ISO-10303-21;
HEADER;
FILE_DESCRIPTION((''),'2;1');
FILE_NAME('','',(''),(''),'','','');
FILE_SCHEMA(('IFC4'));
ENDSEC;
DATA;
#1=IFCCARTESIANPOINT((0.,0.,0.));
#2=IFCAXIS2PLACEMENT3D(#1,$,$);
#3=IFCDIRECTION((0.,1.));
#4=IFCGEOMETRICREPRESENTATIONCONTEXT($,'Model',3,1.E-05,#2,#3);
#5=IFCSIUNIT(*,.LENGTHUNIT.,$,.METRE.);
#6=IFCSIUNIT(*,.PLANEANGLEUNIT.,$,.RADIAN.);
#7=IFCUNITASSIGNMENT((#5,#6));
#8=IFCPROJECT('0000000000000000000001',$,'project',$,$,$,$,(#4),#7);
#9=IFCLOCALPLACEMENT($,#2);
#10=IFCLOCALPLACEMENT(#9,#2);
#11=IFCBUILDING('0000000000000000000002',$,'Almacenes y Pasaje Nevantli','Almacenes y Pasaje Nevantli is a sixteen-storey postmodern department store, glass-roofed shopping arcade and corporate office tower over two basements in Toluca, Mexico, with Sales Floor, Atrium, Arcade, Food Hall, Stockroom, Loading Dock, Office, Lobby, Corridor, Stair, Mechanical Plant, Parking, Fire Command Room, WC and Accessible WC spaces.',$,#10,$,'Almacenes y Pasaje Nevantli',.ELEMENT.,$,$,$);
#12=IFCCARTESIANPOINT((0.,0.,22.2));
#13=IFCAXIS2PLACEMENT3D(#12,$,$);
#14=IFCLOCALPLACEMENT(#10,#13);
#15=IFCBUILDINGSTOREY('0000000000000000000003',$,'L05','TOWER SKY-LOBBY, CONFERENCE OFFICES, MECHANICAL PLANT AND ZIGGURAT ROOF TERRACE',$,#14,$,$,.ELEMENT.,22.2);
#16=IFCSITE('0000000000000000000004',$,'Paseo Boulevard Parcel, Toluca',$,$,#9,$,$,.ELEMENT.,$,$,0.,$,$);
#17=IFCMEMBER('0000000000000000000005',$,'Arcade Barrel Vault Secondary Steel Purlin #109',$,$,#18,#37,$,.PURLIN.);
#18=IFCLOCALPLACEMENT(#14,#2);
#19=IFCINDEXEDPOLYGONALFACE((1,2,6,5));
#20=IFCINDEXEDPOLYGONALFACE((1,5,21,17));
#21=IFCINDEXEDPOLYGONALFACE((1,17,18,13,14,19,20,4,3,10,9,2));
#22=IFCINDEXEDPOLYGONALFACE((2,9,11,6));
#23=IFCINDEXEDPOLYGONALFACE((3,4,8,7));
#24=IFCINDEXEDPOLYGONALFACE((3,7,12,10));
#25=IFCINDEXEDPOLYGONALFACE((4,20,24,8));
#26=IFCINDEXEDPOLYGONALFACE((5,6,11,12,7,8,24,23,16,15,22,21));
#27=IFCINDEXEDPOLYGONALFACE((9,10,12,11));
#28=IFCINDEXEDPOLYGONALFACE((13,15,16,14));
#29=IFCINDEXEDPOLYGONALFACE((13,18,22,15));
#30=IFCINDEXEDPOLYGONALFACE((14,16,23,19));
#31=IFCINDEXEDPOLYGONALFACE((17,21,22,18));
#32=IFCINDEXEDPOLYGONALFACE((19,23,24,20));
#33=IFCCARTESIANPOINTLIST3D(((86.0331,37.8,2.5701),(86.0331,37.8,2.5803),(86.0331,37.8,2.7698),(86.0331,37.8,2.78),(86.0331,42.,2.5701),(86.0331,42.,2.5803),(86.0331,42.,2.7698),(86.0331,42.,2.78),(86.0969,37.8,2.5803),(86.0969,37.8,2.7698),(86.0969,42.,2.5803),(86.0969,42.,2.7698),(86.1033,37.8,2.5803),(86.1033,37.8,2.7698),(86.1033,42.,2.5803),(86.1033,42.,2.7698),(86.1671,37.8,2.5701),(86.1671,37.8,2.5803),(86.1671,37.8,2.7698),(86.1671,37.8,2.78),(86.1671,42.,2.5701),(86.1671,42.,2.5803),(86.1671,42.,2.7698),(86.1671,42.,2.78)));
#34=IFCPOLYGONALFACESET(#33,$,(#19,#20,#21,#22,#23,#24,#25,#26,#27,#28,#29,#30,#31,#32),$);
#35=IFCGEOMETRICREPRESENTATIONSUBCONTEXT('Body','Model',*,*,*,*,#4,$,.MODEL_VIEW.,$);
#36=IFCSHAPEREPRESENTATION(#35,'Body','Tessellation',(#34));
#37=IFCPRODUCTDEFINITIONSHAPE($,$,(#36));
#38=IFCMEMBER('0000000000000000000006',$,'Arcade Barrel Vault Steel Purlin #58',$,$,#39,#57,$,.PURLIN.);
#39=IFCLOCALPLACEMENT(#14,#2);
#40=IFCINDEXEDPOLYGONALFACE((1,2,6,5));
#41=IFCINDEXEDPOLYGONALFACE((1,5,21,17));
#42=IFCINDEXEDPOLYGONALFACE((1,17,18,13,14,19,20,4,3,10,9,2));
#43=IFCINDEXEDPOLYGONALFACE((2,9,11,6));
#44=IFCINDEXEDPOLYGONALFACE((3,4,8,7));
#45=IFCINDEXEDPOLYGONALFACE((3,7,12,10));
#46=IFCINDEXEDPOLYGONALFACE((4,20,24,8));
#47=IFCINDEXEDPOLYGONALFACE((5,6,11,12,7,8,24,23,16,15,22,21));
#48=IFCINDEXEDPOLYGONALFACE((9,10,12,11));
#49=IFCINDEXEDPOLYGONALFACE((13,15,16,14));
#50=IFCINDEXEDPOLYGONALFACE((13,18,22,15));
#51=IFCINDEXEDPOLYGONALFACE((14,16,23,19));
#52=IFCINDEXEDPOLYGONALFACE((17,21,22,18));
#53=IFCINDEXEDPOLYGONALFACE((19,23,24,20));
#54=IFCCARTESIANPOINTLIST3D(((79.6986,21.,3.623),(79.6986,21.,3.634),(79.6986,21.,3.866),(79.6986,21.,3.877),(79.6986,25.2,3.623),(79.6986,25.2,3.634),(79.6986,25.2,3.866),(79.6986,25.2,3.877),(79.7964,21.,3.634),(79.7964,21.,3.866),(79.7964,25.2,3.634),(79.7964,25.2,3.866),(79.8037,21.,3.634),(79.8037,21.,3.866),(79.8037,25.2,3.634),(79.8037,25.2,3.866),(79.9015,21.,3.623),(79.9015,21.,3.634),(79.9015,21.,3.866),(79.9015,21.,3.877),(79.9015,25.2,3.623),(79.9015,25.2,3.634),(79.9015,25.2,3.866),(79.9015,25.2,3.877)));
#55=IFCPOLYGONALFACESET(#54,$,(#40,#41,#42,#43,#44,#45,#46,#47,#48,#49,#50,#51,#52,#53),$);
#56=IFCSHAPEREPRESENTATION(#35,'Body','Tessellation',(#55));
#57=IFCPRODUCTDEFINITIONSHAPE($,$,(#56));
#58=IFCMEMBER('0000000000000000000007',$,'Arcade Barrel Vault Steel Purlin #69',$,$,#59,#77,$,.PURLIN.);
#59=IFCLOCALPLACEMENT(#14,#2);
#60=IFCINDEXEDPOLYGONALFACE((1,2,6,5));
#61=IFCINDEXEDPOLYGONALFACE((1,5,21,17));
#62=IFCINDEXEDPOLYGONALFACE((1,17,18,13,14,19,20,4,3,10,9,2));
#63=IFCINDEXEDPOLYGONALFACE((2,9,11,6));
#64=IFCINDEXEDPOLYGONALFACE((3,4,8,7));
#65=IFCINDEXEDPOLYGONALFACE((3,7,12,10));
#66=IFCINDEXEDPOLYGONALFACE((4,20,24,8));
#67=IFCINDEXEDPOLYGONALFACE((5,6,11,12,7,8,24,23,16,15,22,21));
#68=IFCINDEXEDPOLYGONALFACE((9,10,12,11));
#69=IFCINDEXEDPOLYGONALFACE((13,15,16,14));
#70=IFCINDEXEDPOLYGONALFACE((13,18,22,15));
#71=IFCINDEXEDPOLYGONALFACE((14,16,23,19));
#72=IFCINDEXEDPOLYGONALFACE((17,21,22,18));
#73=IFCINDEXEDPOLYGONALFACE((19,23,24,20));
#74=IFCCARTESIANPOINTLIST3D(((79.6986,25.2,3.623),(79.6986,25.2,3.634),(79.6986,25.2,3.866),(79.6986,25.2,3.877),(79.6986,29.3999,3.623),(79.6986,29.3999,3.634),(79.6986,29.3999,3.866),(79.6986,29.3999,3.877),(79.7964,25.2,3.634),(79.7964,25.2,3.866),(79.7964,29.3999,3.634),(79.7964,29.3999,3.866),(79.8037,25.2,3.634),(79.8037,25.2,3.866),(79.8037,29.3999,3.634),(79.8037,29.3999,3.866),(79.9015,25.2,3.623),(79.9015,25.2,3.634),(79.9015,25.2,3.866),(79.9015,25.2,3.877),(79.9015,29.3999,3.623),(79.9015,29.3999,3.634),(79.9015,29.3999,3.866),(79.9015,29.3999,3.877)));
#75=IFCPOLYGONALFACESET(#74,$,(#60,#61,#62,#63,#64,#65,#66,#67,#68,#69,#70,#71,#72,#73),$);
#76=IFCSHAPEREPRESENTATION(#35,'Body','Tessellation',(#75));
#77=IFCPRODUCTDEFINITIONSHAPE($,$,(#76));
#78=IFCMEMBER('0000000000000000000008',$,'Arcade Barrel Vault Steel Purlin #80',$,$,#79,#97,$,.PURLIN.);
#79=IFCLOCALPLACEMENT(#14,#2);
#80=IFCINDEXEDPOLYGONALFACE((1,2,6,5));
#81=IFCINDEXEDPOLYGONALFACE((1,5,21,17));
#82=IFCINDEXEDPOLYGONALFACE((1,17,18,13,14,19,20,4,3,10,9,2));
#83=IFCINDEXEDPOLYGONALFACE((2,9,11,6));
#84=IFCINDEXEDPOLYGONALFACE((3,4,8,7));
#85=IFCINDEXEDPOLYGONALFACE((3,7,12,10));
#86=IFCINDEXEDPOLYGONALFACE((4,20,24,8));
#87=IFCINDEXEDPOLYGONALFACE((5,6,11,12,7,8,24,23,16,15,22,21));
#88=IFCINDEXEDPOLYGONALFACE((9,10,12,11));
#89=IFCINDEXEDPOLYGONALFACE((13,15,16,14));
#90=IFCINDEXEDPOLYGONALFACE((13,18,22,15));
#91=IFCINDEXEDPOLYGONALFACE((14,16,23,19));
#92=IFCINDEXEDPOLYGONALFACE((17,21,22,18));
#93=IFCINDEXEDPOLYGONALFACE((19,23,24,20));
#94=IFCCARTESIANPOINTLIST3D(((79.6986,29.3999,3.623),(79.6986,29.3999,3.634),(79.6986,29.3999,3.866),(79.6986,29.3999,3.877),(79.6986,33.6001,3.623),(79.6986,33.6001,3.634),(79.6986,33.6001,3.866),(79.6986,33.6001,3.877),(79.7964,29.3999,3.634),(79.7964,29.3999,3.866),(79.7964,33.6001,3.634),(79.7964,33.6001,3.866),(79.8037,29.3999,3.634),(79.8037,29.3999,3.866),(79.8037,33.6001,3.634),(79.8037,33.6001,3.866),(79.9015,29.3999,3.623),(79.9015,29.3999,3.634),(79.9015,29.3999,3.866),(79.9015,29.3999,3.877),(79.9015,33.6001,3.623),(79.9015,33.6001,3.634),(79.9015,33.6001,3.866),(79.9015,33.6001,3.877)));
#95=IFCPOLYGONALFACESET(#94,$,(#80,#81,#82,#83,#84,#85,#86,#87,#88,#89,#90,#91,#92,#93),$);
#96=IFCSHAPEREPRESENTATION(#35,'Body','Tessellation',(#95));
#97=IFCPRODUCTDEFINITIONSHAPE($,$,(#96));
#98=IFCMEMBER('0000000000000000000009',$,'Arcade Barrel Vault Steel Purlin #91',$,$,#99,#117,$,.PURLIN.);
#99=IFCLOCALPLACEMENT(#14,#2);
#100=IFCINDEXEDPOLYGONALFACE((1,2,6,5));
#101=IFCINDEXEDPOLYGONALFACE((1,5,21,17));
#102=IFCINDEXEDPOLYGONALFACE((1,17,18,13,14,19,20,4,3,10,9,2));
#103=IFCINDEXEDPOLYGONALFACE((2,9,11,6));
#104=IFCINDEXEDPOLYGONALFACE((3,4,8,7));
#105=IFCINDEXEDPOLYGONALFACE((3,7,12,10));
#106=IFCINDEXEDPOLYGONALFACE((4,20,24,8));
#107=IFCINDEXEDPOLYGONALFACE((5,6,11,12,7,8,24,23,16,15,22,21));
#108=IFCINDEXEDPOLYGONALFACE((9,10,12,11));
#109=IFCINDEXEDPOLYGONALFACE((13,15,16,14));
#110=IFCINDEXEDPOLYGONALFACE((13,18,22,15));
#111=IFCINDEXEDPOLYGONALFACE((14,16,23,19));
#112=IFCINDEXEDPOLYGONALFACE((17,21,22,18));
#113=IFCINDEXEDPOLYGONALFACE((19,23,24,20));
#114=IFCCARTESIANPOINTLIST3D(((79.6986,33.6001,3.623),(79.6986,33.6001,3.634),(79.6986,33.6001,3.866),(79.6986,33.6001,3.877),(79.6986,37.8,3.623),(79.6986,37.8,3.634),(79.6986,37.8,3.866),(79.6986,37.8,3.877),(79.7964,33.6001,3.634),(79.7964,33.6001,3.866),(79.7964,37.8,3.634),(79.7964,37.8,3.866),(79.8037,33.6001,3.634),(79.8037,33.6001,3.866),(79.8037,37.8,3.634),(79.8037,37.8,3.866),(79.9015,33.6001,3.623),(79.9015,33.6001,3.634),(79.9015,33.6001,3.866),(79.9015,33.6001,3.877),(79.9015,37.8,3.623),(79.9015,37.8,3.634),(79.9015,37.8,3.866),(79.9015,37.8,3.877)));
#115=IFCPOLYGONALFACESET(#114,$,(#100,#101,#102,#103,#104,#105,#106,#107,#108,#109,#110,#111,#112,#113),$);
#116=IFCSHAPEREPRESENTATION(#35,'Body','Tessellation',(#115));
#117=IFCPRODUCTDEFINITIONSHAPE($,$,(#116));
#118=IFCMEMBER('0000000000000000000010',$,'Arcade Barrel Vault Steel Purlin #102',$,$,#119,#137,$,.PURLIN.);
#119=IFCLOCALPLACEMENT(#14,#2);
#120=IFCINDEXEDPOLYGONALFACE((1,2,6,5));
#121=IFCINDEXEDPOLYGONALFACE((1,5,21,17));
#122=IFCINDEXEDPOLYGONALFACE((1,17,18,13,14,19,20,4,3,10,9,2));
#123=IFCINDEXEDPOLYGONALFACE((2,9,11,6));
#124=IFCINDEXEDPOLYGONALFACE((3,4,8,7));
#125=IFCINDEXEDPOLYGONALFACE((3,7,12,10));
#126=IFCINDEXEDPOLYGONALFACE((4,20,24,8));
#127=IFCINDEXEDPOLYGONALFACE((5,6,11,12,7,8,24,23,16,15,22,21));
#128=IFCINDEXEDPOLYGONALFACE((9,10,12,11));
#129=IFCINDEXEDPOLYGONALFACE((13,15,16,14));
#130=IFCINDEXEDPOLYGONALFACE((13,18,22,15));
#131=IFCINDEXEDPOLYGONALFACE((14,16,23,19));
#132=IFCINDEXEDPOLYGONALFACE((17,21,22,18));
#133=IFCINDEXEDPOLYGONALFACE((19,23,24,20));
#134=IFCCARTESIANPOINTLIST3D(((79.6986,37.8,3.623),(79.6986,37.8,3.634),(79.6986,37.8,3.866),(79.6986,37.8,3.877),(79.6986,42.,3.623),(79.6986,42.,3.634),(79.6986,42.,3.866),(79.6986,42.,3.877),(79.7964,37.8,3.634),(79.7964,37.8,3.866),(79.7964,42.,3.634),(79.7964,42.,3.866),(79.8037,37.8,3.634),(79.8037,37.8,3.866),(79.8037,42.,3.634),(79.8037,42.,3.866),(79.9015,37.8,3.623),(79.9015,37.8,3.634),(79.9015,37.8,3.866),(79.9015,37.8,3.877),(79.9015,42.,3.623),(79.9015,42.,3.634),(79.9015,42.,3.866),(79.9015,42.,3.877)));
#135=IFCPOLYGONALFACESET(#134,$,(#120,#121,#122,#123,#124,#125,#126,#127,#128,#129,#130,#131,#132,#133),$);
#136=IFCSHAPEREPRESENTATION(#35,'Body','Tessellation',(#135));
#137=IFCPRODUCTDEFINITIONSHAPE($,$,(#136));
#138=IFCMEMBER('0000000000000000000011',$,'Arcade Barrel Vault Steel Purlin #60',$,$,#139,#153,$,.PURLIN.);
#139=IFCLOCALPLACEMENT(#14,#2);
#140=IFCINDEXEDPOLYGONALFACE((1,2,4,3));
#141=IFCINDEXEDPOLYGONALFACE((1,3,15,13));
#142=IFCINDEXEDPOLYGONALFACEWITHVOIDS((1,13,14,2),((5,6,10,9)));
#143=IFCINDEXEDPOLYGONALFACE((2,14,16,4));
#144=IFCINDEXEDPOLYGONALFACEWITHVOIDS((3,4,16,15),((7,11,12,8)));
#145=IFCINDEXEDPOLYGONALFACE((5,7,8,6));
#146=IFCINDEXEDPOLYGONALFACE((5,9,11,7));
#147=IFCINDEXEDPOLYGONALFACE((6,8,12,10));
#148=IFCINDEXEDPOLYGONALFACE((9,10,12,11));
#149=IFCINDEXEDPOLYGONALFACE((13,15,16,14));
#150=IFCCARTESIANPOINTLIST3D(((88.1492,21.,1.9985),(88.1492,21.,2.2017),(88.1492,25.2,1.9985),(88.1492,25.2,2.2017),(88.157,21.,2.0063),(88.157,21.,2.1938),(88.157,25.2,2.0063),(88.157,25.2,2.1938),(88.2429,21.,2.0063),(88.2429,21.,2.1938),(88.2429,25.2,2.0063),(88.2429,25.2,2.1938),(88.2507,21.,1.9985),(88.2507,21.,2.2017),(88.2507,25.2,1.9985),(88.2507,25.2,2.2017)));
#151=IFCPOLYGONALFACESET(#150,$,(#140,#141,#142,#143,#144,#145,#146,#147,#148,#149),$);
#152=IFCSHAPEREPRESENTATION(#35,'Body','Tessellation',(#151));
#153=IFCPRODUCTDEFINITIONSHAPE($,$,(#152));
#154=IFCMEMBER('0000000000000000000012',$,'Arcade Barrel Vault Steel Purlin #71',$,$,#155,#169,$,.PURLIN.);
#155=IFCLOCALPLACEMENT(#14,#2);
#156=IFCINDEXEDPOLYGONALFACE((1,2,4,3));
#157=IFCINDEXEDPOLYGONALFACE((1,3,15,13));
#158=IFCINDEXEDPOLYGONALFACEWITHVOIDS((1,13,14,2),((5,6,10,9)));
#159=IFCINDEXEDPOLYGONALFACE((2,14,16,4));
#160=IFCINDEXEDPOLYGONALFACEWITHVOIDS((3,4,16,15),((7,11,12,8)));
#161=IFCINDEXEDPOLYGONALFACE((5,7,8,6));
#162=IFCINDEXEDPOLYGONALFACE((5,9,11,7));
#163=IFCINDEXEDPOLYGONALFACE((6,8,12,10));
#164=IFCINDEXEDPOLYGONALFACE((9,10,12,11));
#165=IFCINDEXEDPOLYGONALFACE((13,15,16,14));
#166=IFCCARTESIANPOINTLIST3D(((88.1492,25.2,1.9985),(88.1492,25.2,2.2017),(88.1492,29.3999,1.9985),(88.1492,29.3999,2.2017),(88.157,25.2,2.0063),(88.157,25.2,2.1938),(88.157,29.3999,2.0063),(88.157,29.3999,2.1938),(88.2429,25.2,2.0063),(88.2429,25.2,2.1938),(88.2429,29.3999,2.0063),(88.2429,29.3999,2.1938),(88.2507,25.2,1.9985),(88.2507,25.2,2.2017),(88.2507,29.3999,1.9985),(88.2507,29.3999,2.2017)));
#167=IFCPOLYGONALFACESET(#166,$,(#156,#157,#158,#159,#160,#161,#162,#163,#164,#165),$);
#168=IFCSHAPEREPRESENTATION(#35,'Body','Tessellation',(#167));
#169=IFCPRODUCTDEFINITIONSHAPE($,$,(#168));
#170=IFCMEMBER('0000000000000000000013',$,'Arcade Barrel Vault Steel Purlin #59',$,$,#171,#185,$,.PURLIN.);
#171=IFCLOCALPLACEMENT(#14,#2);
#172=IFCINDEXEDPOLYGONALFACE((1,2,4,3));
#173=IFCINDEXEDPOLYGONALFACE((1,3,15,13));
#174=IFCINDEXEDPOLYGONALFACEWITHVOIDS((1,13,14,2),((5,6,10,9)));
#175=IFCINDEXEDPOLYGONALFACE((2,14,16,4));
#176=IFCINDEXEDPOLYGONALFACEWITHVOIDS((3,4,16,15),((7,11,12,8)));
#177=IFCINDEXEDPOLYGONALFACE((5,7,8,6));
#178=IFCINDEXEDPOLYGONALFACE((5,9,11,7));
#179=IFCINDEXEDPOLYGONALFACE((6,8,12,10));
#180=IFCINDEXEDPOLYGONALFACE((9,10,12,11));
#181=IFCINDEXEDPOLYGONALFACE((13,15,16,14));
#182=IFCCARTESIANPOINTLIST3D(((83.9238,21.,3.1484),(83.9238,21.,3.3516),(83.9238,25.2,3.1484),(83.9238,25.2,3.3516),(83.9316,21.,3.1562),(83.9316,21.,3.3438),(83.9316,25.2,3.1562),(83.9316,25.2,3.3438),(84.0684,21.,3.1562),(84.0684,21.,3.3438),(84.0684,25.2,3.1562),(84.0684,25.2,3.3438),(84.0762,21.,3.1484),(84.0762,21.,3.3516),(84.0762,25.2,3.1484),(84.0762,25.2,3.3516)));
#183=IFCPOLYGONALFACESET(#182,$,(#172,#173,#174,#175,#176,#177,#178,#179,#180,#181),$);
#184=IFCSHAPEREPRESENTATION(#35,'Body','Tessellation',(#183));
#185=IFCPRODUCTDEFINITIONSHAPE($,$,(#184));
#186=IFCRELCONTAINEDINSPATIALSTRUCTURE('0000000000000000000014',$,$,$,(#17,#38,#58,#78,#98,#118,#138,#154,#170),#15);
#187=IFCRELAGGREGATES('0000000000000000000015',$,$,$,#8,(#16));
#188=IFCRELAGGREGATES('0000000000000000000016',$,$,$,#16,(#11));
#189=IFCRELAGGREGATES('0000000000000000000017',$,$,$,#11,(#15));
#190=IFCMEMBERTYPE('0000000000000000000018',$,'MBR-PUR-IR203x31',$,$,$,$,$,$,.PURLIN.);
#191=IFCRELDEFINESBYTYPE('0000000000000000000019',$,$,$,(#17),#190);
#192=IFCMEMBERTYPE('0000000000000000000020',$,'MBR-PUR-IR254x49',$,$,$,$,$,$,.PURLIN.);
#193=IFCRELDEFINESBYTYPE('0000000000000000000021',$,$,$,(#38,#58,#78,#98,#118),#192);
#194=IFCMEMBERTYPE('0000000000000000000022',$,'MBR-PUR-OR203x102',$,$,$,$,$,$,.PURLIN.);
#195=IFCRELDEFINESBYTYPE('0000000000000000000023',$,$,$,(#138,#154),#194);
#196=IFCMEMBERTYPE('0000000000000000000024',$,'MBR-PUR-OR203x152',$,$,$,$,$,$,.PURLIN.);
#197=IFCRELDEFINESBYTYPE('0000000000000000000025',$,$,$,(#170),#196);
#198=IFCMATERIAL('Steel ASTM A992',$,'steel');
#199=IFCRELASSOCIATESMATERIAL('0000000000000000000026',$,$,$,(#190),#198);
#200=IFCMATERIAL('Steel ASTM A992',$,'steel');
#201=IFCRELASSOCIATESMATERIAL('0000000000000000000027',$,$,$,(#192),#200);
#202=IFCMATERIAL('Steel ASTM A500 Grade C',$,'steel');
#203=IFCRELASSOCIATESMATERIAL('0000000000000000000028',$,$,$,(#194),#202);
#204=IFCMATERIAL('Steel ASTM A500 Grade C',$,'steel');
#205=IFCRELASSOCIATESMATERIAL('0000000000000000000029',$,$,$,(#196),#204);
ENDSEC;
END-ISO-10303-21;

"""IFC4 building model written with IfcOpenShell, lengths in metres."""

from ifc_helpers import new_model, si_unit, direction, frame, origin, origin_2d, place, context, subcontext, project, spatial, hollow_rectangle, i_section, extrude, material, material_profile, profile_set, type_object, element, save


model = new_model("IFC4")

# Units and contexts
model_context = context("Model", 3, precision=1e-05, world=origin(), true_north=direction((0.0, 1.0)))
body_context = subcontext(model_context, "Body", "Model", "MODEL_VIEW")
ifc_project = project(units=[si_unit("LENGTHUNIT", "METRE"), si_unit("PLANEANGLEUNIT", "RADIAN")], contexts=[model_context])

# Site, building, storey
site_placement = place(None, origin())
site = spatial("IfcSite", under=ifc_project, at=site_placement, Name="Paseo Boulevard Parcel, Toluca", CompositionType="ELEMENT", RefElevation=0.0)
building_placement = place(site_placement, origin())
building = spatial("IfcBuilding", under=site, at=building_placement, Name="Almacenes y Pasaje Nevantli", Description="Almacenes y Pasaje Nevantli is a sixteen-storey postmodern department store, glass-roofed shopping arcade and corporate office tower over two basements in Toluca, Mexico, with Sales Floor, Atrium, Arcade, Food Hall, Stockroom, Loading Dock, Office, Lobby, Corridor, Stair, Mechanical Plant, Parking, Fire Command Room, WC and Accessible WC spaces.", LongName="Almacenes y Pasaje Nevantli", CompositionType="ELEMENT")
storey_placement = place(building_placement, frame((0.0, 0.0, 22.2)))
storey = spatial("IfcBuildingStorey", under=building, at=storey_placement, Name="L05", Description="TOWER SKY-LOBBY, CONFERENCE OFFICES, MECHANICAL PLANT AND ZIGGURAT ROOF TERRACE", CompositionType="ELEMENT", Elevation=22.2)

# Members
ifc_material_1 = material(Name="Steel ASTM A992", Category="steel")
ifc_material_profile_1 = material_profile(ifc_material_1, i_section(OverallWidth=0.134, OverallDepth=0.21, WebThickness=0.0063, FlangeThickness=0.0103, at=origin_2d()), Name="IR 203x31.3")
ifc_profile_set_1 = profile_set([ifc_material_profile_1], Name="Steel ASTM A992")
member_type_1 = type_object("IfcMemberType", Name="MBR-PUR-IR203x31", PredefinedType="PURLIN", material=ifc_profile_set_1)
for number, where, z_axis, x_axis, name in (
    (1, (86.1001, 37.8, 2.675), (0.0, 1.0, 0.0), (-1.0, 0.0, 0.0), "Arcade Barrel Vault Secondary Steel Purlin #109"),
):
    element("IfcMember", number, at=place(storey_placement, frame(where, z_axis=z_axis, x_axis=x_axis)), inside=storey, type_object=member_type_1, Name=name, PredefinedType="PURLIN", context=body_context, shape_type="SweptSolid", body=[
        extrude(i_section(OverallWidth=0.134, OverallDepth=0.21, WebThickness=0.0063, FlangeThickness=0.0103, at=origin_2d()), origin(), (0.0, 0.0, 1.0), 4.2),
    ])
ifc_material_2 = material(Name="Steel ASTM A992", Category="steel")
ifc_material_profile_2 = material_profile(ifc_material_2, i_section(OverallWidth=0.2029, OverallDepth=0.2539, WebThickness=0.0073, FlangeThickness=0.011, at=origin_2d()), Name="IR 254x49.1")
ifc_profile_set_2 = profile_set([ifc_material_profile_2], Name="Steel ASTM A992")
member_type_2 = type_object("IfcMemberType", Name="MBR-PUR-IR254x49", PredefinedType="PURLIN", material=ifc_profile_set_2)
for number, where, z_axis, x_axis, name in (
    (2, (79.8, 21.0, 3.75), (0.0, 1.0, 0.0), (-1.0, 0.0, 0.0), "Arcade Barrel Vault Steel Purlin #58"),
    (3, (79.8, 25.2, 3.75), (0.0, 1.0, 0.0), (-1.0, 0.0, 0.0), "Arcade Barrel Vault Steel Purlin #69"),
):
    element("IfcMember", number, at=place(storey_placement, frame(where, z_axis=z_axis, x_axis=x_axis)), inside=storey, type_object=member_type_2, Name=name, PredefinedType="PURLIN", context=body_context, shape_type="SweptSolid", body=[
        extrude(i_section(OverallWidth=0.2029, OverallDepth=0.2539, WebThickness=0.0073, FlangeThickness=0.011, at=origin_2d()), origin(), (0.0, 0.0, 1.0), 4.2),
    ])
member_1_placement = place(storey_placement, frame((79.8, 29.3999, 3.75), z_axis=(0.0, 1.0, 0.0), x_axis=(-1.0, 0.0, 0.0)))
element("IfcMember", 4, at=member_1_placement, inside=storey, type_object=member_type_2, Name="Arcade Barrel Vault Steel Purlin #80", PredefinedType="PURLIN", context=body_context, shape_type="SweptSolid", body=[
    extrude(i_section(OverallWidth=0.2029, OverallDepth=0.2539, WebThickness=0.0073, FlangeThickness=0.011, at=origin_2d()), origin(), (0.0, 0.0, 1.0), 4.2002),
])
for number, where, z_axis, x_axis, name in (
    (5, (79.8, 33.6001, 3.75), (0.0, 1.0, 0.0), (-1.0, 0.0, 0.0), "Arcade Barrel Vault Steel Purlin #91"),
    (6, (79.8, 37.8, 3.75), (0.0, 1.0, 0.0), (-1.0, 0.0, 0.0), "Arcade Barrel Vault Steel Purlin #102"),
):
    element("IfcMember", number, at=place(storey_placement, frame(where, z_axis=z_axis, x_axis=x_axis)), inside=storey, type_object=member_type_2, Name=name, PredefinedType="PURLIN", context=body_context, shape_type="SweptSolid", body=[
        extrude(i_section(OverallWidth=0.2029, OverallDepth=0.2539, WebThickness=0.0073, FlangeThickness=0.011, at=origin_2d()), origin(), (0.0, 0.0, 1.0), 4.2),
    ])
ifc_material_3 = material(Name="Steel ASTM A500 Grade C", Category="steel")
ifc_material_profile_3 = material_profile(ifc_material_3, hollow_rectangle(XDim=0.1016, YDim=0.2031, WallThickness=0.0078, at=origin_2d()), Name="OR 203x102x7.9")
ifc_profile_set_3 = profile_set([ifc_material_profile_3], Name="Steel ASTM A500 Grade C")
member_type_3 = type_object("IfcMemberType", Name="MBR-PUR-OR203x102", PredefinedType="PURLIN", material=ifc_profile_set_3)
for number, where, z_axis, x_axis, name in (
    (7, (88.2, 21.0, 2.1001), (0.0, 1.0, 0.0), (-1.0, 0.0, 0.0), "Arcade Barrel Vault Steel Purlin #60"),
    (8, (88.2, 25.2, 2.1001), (0.0, 1.0, 0.0), (-1.0, 0.0, 0.0), "Arcade Barrel Vault Steel Purlin #71"),
):
    element("IfcMember", number, at=place(storey_placement, frame(where, z_axis=z_axis, x_axis=x_axis)), inside=storey, type_object=member_type_3, Name=name, PredefinedType="PURLIN", context=body_context, shape_type="SweptSolid", body=[
        extrude(hollow_rectangle(XDim=0.1016, YDim=0.2031, WallThickness=0.0078, at=origin_2d()), origin(), (0.0, 0.0, 1.0), 4.2),
    ])
ifc_material_4 = material(Name="Steel ASTM A500 Grade C", Category="steel")
ifc_material_profile_4 = material_profile(ifc_material_4, hollow_rectangle(XDim=0.1523, YDim=0.2031, WallThickness=0.0078, at=origin_2d()), Name="OR 203x152x7.9")
ifc_profile_set_4 = profile_set([ifc_material_profile_4], Name="Steel ASTM A500 Grade C")
member_type_4 = type_object("IfcMemberType", Name="MBR-PUR-OR203x152", PredefinedType="PURLIN", material=ifc_profile_set_4)
for number, where, z_axis, x_axis, name in (
    (9, (84.0, 21.0, 3.25), (0.0, 1.0, 0.0), (-1.0, 0.0, 0.0), "Arcade Barrel Vault Steel Purlin #59"),
):
    element("IfcMember", number, at=place(storey_placement, frame(where, z_axis=z_axis, x_axis=x_axis)), inside=storey, type_object=member_type_4, Name=name, PredefinedType="PURLIN", context=body_context, shape_type="SweptSolid", body=[
        extrude(hollow_rectangle(XDim=0.1523, YDim=0.2031, WallThickness=0.0078, at=origin_2d()), origin(), (0.0, 0.0, 1.0), 4.2),
    ])

save(model, "model.ifc")
